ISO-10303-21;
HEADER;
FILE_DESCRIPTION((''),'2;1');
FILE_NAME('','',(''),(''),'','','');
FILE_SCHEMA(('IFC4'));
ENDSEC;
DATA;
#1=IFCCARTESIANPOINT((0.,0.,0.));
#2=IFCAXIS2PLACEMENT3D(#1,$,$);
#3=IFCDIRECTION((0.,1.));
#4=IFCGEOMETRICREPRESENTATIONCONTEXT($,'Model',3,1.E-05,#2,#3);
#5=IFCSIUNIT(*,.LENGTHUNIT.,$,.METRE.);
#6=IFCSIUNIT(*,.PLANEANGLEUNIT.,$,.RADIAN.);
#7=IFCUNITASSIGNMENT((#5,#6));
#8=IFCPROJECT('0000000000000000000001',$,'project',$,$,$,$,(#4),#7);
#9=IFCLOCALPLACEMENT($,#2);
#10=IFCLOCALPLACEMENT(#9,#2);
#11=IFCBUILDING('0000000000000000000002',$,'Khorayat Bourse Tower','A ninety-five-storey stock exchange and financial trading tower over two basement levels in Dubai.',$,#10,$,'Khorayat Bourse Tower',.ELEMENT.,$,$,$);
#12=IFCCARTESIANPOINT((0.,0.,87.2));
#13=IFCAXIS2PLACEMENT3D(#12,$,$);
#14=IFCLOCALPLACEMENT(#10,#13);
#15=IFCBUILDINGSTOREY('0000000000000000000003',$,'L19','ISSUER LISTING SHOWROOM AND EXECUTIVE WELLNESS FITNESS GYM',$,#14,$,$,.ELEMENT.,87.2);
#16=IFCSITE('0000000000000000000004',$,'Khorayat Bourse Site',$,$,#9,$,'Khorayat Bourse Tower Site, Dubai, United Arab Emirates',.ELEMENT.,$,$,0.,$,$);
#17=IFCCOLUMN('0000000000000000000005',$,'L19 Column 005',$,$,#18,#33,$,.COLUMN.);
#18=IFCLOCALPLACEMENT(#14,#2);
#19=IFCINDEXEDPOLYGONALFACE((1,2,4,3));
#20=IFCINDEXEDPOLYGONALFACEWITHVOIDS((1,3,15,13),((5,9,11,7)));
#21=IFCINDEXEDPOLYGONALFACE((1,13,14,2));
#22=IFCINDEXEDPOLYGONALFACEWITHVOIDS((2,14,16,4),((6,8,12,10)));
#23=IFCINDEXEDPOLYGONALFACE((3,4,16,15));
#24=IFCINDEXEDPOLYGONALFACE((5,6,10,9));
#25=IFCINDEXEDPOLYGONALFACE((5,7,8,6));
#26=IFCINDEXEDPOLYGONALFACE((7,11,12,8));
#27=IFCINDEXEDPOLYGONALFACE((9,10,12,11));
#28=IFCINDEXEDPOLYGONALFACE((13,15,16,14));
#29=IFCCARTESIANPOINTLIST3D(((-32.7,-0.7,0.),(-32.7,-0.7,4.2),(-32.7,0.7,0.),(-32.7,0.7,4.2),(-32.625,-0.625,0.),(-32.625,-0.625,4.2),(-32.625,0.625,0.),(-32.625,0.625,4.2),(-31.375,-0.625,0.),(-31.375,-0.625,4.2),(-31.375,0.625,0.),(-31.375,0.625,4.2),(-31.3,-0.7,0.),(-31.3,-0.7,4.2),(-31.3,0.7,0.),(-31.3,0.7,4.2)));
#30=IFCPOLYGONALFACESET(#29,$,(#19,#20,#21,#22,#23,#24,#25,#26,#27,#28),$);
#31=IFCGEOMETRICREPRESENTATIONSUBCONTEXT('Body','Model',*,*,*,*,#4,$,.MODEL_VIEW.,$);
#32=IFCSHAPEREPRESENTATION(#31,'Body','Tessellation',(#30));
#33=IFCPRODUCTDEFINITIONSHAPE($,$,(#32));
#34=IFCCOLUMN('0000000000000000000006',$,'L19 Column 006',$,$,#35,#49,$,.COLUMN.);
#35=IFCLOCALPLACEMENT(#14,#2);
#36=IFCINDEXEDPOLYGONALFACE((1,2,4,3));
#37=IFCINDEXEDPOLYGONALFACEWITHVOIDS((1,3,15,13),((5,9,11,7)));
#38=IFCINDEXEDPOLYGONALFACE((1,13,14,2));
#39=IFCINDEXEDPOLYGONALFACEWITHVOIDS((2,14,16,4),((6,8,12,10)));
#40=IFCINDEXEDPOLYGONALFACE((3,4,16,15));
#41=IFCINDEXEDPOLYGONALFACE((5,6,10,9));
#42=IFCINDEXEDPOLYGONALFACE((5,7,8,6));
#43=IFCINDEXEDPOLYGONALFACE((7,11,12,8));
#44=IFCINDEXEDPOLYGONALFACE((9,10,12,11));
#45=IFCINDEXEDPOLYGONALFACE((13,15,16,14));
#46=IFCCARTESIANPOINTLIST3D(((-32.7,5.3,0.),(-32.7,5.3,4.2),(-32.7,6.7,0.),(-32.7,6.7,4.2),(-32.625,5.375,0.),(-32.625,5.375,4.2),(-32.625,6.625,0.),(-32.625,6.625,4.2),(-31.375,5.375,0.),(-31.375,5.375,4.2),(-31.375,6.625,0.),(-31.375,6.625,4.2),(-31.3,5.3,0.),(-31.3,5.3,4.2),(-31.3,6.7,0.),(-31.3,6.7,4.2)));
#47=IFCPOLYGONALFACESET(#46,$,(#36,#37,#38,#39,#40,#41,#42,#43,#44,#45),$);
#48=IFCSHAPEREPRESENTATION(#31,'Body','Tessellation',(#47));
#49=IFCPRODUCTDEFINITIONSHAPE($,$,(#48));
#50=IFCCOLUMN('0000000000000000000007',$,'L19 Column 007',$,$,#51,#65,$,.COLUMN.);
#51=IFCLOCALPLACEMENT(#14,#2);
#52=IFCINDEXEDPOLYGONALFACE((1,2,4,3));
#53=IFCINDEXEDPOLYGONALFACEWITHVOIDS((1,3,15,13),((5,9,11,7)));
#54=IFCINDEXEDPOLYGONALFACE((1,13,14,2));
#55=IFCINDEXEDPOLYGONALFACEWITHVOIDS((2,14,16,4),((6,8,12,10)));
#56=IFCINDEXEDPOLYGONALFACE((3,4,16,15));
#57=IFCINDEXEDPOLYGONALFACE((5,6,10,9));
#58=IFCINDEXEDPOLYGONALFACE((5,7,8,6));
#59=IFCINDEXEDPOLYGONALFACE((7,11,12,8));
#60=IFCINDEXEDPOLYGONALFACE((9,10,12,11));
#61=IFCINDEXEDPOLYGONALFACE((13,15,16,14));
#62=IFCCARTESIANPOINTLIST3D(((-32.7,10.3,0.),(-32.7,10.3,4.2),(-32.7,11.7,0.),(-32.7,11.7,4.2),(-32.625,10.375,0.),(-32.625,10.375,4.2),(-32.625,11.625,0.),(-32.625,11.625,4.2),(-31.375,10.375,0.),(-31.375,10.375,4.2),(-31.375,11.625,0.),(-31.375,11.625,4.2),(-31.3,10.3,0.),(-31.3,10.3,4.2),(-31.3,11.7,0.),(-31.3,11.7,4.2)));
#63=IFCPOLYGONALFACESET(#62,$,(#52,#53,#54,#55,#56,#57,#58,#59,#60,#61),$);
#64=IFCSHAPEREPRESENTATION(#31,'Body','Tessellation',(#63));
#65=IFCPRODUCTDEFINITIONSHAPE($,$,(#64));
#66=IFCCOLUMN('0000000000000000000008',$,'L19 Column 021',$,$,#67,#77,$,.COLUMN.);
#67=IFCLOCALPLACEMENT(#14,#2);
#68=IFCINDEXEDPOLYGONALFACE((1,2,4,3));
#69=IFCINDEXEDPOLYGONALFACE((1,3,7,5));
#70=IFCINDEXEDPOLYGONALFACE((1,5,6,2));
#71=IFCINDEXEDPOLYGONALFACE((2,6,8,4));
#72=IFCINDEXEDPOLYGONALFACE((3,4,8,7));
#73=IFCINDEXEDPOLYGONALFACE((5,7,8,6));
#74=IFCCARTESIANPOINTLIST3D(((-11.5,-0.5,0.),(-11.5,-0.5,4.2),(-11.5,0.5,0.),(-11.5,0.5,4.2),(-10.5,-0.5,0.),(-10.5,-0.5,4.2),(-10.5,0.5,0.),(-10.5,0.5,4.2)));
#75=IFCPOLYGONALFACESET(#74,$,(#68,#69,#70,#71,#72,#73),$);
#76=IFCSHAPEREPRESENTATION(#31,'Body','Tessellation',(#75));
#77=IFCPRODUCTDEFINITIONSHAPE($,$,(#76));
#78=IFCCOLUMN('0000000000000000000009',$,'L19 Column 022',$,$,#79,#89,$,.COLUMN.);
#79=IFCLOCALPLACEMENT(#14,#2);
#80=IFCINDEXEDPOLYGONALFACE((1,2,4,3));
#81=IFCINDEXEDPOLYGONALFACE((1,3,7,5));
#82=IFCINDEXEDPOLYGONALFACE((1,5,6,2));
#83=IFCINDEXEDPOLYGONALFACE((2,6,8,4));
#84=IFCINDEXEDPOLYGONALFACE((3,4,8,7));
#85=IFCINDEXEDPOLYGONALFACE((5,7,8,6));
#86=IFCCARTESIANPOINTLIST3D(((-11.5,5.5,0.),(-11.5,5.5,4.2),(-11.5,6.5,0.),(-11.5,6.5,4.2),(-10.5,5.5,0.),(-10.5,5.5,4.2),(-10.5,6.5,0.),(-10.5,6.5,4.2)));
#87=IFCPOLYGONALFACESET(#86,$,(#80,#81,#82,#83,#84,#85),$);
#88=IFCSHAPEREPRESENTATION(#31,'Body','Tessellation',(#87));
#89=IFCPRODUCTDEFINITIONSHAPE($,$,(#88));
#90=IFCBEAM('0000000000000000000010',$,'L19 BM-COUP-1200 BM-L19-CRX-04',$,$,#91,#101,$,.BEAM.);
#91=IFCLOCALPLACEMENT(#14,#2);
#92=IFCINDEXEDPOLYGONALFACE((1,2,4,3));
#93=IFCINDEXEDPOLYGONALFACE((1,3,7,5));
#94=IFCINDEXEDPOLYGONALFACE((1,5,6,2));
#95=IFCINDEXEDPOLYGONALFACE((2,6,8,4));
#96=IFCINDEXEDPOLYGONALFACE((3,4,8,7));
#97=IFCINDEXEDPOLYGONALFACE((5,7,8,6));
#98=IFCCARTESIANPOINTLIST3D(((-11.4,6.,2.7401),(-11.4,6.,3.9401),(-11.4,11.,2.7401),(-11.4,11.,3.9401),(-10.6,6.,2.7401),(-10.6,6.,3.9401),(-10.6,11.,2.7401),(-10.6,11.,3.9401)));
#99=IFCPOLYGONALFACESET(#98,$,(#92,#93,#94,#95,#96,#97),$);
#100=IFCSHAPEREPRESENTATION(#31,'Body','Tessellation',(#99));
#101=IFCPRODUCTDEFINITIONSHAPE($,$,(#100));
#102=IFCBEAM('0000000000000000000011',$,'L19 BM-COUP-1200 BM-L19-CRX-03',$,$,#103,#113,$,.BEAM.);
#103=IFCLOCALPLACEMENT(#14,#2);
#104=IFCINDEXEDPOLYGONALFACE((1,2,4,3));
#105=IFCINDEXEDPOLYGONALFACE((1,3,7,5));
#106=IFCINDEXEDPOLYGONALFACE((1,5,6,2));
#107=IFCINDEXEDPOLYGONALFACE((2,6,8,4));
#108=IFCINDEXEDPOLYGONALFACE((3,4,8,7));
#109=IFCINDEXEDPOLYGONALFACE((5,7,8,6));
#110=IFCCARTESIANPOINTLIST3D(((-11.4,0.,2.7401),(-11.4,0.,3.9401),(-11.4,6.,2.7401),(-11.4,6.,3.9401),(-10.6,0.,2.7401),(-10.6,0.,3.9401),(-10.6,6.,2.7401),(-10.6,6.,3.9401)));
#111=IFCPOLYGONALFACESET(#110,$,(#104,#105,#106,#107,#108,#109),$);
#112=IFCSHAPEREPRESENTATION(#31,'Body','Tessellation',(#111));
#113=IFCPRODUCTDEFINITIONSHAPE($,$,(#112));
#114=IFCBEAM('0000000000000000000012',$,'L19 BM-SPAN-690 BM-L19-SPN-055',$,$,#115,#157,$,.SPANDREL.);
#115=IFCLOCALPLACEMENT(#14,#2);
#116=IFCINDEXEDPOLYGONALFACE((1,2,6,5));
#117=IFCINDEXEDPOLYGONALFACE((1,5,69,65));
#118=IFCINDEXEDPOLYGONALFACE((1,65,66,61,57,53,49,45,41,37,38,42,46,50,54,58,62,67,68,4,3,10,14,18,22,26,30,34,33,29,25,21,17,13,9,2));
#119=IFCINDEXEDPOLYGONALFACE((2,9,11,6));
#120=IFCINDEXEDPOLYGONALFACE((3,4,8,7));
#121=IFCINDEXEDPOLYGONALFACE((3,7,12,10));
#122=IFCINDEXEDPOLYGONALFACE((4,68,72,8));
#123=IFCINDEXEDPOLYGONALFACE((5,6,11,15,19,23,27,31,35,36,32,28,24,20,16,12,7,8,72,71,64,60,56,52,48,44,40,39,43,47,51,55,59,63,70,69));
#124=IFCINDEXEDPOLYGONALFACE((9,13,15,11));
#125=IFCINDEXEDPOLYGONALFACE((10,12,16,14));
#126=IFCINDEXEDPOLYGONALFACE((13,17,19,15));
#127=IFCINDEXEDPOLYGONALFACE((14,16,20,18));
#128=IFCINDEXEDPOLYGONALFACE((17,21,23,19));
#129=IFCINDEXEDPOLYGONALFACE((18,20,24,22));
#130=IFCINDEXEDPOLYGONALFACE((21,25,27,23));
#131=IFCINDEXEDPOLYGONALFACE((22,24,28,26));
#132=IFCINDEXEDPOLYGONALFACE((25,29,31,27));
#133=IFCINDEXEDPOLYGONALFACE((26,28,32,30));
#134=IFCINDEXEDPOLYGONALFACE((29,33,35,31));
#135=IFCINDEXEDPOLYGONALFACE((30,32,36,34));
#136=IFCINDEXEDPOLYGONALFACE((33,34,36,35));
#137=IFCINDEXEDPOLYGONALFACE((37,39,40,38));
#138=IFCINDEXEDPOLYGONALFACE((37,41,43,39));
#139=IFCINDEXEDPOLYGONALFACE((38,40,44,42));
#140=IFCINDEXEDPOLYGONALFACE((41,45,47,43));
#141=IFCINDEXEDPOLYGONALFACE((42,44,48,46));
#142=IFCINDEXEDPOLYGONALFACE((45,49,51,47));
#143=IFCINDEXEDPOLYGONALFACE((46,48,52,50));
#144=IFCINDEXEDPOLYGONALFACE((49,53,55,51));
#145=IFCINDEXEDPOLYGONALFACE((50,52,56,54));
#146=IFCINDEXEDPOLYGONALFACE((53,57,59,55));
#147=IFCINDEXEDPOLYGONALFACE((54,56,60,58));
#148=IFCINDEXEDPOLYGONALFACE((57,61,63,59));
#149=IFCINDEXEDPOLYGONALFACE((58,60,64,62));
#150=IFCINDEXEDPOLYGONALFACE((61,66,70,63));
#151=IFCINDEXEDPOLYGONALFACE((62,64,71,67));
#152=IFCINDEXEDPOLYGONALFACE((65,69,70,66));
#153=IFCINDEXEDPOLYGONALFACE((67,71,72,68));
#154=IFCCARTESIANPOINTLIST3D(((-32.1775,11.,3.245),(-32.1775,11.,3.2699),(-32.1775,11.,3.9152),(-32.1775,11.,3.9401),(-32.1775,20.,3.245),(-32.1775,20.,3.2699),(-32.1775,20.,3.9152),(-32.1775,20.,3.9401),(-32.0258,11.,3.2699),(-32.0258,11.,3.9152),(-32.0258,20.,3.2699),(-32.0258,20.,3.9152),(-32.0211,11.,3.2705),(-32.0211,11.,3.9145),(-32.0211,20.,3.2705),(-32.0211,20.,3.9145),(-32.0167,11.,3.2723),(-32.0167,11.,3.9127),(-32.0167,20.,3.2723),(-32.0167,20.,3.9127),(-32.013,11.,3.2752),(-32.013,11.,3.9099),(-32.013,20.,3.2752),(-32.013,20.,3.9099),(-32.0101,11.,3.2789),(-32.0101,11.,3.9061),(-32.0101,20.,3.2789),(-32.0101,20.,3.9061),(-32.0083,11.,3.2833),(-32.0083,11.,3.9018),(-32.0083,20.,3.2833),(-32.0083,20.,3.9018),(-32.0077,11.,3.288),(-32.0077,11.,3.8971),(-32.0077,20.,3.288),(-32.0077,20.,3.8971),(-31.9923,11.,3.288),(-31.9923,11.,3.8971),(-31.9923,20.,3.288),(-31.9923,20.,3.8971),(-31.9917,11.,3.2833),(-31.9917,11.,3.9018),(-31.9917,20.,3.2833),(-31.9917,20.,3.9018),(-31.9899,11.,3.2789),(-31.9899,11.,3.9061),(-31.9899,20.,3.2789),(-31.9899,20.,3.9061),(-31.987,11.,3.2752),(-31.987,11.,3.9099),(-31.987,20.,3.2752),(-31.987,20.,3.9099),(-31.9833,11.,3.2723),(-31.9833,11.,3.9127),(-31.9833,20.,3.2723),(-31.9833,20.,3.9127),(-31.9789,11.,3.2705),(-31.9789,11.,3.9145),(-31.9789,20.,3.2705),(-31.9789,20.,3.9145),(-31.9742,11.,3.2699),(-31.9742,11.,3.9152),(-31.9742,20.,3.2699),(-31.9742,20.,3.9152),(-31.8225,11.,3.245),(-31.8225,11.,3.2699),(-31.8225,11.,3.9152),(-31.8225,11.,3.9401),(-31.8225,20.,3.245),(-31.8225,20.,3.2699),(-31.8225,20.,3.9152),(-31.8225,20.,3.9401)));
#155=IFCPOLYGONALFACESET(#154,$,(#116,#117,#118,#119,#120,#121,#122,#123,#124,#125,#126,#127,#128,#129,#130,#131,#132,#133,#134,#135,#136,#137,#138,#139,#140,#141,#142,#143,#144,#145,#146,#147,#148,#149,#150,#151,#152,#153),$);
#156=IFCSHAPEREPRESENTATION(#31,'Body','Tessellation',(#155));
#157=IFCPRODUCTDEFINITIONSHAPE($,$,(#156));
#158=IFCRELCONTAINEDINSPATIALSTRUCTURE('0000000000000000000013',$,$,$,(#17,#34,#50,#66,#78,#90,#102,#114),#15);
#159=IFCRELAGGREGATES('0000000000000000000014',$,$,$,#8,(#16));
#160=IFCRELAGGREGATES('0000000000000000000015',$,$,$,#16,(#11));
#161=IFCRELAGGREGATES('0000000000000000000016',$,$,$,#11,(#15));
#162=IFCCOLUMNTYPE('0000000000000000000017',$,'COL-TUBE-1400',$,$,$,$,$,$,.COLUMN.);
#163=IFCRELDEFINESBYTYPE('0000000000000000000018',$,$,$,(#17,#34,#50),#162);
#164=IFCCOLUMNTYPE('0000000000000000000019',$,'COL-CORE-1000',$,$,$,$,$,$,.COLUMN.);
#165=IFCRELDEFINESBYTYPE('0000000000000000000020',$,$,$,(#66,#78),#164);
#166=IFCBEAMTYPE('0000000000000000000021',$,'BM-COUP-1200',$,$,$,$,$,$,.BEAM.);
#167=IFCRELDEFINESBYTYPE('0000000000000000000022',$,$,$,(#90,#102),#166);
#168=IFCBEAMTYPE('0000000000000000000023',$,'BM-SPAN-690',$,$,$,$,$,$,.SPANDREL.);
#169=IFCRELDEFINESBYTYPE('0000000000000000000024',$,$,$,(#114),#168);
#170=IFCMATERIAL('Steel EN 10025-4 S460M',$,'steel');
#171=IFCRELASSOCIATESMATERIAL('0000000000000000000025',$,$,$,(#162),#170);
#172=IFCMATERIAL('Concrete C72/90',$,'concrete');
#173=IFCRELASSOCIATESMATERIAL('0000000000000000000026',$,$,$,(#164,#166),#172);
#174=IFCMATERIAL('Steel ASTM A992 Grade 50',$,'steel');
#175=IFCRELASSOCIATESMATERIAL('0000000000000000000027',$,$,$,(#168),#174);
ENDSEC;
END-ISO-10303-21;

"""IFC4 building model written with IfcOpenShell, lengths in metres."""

from ifc_helpers import new_model, si_unit, direction, frame, origin, origin_2d, place, context, subcontext, project, spatial, rectangle, hollow_rectangle, i_section, extrude, source, transform, mapped, material, material_profile, profile_set, type_object, element, save


model = new_model("IFC4")

# Units and contexts
model_context = context("Model", 3, precision=1e-05, world=origin(), true_north=direction((0.0, 1.0)))
body_context = subcontext(model_context, "Body", "Model", "MODEL_VIEW")
ifc_project = project(units=[si_unit("LENGTHUNIT", "METRE"), si_unit("PLANEANGLEUNIT", "RADIAN")], contexts=[model_context])

# Site, building, storey
site_placement = place(None, origin())
site = spatial("IfcSite", under=ifc_project, at=site_placement, Name="Khorayat Bourse Site", LongName="Khorayat Bourse Tower Site, Dubai, United Arab Emirates", CompositionType="ELEMENT", RefElevation=0.0)
building_placement = place(site_placement, origin())
building = spatial("IfcBuilding", under=site, at=building_placement, Name="Khorayat Bourse Tower", Description="A ninety-five-storey stock exchange and financial trading tower over two basement levels in Dubai.", LongName="Khorayat Bourse Tower", CompositionType="ELEMENT")
storey_placement = place(building_placement, frame((0.0, 0.0, 87.2)))
storey = spatial("IfcBuildingStorey", under=building, at=storey_placement, Name="L19", Description="ISSUER LISTING SHOWROOM AND EXECUTIVE WELLNESS FITNESS GYM", CompositionType="ELEMENT", Elevation=87.2)

# Columns
ifc_material_1 = material(Name="Steel EN 10025-4 S460M", Category="steel")
ifc_material_profile_1 = material_profile(ifc_material_1, hollow_rectangle(XDim=1.3999, YDim=1.3999, WallThickness=0.075, at=origin_2d()), Name="BOX 1400x1400x75")
ifc_profile_set_1 = profile_set([ifc_material_profile_1], Name="Steel EN 10025-4 S460M")
column_type_1 = type_object("IfcColumnType", Name="COL-TUBE-1400", PredefinedType="COLUMN", material=ifc_profile_set_1)
shared_shape_1 = source(origin(), body_context, "Body", "SweptSolid", [
    extrude(hollow_rectangle(XDim=1.3999, YDim=1.3999, WallThickness=0.075, at=origin_2d()), origin(), (0.0, 0.0, 1.0), 4.2),
])
for number, where, z_axis, x_axis, name in (
    (1, (-32.0, 0.0, 0.0), (0.0, 0.0, 1.0), (1.0, 0.0, 0.0), "L19 Column 005"),
    (2, (-32.0, 6.0, 0.0), (0.0, 0.0, 1.0), (1.0, 0.0, 0.0), "L19 Column 006"),
    (3, (-32.0, 11.0, 0.0), (0.0, 0.0, 1.0), (1.0, 0.0, 0.0), "L19 Column 007"),
):
    element("IfcColumn", number, at=place(storey_placement, frame(where, z_axis=z_axis, x_axis=x_axis)), inside=storey, type_object=column_type_1, Name=name, PredefinedType="COLUMN", context=body_context, shape_type="MappedRepresentation", body=[
        mapped(shared_shape_1, transform((0.0, 0.0, 0.0), scale=1.0)),
    ])
ifc_material_2 = material(Name="Concrete C72/90", Category="concrete")
ifc_material_profile_2 = material_profile(ifc_material_2, rectangle(XDim=1.0, YDim=1.0, at=origin_2d()), Name="RC 1000x1000")
ifc_profile_set_2 = profile_set([ifc_material_profile_2], Name="Concrete C72/90")
column_type_2 = type_object("IfcColumnType", Name="COL-CORE-1000", PredefinedType="COLUMN", material=ifc_profile_set_2)
shared_shape_2 = source(origin(), body_context, "Body", "SweptSolid", [
    extrude(rectangle(XDim=1.0, YDim=1.0, at=origin_2d()), origin(), (0.0, 0.0, 1.0), 4.2),
])
for number, where, z_axis, x_axis, name in (
    (4, (-11.0, 0.0, 0.0), (0.0, 0.0, 1.0), (1.0, 0.0, 0.0), "L19 Column 021"),
    (5, (-11.0, 6.0, 0.0), (0.0, 0.0, 1.0), (1.0, 0.0, 0.0), "L19 Column 022"),
):
    element("IfcColumn", number, at=place(storey_placement, frame(where, z_axis=z_axis, x_axis=x_axis)), inside=storey, type_object=column_type_2, Name=name, PredefinedType="COLUMN", context=body_context, shape_type="MappedRepresentation", body=[
        mapped(shared_shape_2, transform((0.0, 0.0, 0.0), scale=1.0)),
    ])

# Beams
ifc_material_profile_3 = material_profile(ifc_material_2, rectangle(XDim=0.8, YDim=1.2, at=origin_2d()), Name="RC 800x1200")
ifc_profile_set_3 = profile_set([ifc_material_profile_3], Name="Concrete C72/90")
beam_type_1 = type_object("IfcBeamType", Name="BM-COUP-1200", PredefinedType="BEAM", material=ifc_profile_set_3)
shared_shape_3 = source(origin(), body_context, "Body", "SweptSolid", [
    extrude(rectangle(XDim=0.8, YDim=1.2, at=origin_2d()), origin(), (0.0, 0.0, 1.0), 5.0),
])
beam_1_placement = place(storey_placement, frame((-11.0, 6.0, 3.3401), z_axis=(0.0, 1.0, 0.0), x_axis=(-1.0, 0.0, 0.0)))
element("IfcBeam", 6, at=beam_1_placement, inside=storey, type_object=beam_type_1, Name="L19 BM-COUP-1200 BM-L19-CRX-04", PredefinedType="BEAM", context=body_context, shape_type="MappedRepresentation", body=[
    mapped(shared_shape_3, transform((0.0, 0.0, 0.0), scale=1.0)),
])
shared_shape_4 = source(origin(), body_context, "Body", "SweptSolid", [
    extrude(rectangle(XDim=0.8, YDim=1.2, at=origin_2d()), origin(), (0.0, 0.0, 1.0), 6.0),
])
beam_2_placement = place(storey_placement, frame((-11.0, 0.0, 3.3401), z_axis=(0.0, 1.0, 0.0), x_axis=(-1.0, 0.0, 0.0)))
element("IfcBeam", 7, at=beam_2_placement, inside=storey, type_object=beam_type_1, Name="L19 BM-COUP-1200 BM-L19-CRX-03", PredefinedType="BEAM", context=body_context, shape_type="MappedRepresentation", body=[
    mapped(shared_shape_4, transform((0.0, 0.0, 0.0), scale=1.0)),
])
ifc_material_3 = material(Name="Steel ASTM A992 Grade 50", Category="steel")
ifc_material_profile_4 = material_profile(ifc_material_3, i_section(OverallWidth=0.355, OverallDepth=0.6951, WebThickness=0.0154, FlangeThickness=0.0249, FilletRadius=0.0181, at=origin_2d()), Name="W690X217")
ifc_profile_set_4 = profile_set([ifc_material_profile_4], Name="Steel ASTM A992 Grade 50")
beam_type_2 = type_object("IfcBeamType", Name="BM-SPAN-690", PredefinedType="SPANDREL", material=ifc_profile_set_4)
shared_shape_5 = source(origin(), body_context, "Body", "SweptSolid", [
    extrude(i_section(OverallWidth=0.355, OverallDepth=0.6951, WebThickness=0.0154, FlangeThickness=0.0249, FilletRadius=0.0181, at=origin_2d()), origin(), (0.0, 0.0, 1.0), 9.0),
])
beam_3_placement = place(storey_placement, frame((-32.0, 11.0, 3.5925), z_axis=(0.0, 1.0, 0.0), x_axis=(-1.0, 0.0, 0.0)))
element("IfcBeam", 8, at=beam_3_placement, inside=storey, type_object=beam_type_2, Name="L19 BM-SPAN-690 BM-L19-SPN-055", PredefinedType="SPANDREL", context=body_context, shape_type="MappedRepresentation", body=[
    mapped(shared_shape_5, transform((0.0, 0.0, 0.0), scale=1.0)),
])

save(model, "model.ifc")
